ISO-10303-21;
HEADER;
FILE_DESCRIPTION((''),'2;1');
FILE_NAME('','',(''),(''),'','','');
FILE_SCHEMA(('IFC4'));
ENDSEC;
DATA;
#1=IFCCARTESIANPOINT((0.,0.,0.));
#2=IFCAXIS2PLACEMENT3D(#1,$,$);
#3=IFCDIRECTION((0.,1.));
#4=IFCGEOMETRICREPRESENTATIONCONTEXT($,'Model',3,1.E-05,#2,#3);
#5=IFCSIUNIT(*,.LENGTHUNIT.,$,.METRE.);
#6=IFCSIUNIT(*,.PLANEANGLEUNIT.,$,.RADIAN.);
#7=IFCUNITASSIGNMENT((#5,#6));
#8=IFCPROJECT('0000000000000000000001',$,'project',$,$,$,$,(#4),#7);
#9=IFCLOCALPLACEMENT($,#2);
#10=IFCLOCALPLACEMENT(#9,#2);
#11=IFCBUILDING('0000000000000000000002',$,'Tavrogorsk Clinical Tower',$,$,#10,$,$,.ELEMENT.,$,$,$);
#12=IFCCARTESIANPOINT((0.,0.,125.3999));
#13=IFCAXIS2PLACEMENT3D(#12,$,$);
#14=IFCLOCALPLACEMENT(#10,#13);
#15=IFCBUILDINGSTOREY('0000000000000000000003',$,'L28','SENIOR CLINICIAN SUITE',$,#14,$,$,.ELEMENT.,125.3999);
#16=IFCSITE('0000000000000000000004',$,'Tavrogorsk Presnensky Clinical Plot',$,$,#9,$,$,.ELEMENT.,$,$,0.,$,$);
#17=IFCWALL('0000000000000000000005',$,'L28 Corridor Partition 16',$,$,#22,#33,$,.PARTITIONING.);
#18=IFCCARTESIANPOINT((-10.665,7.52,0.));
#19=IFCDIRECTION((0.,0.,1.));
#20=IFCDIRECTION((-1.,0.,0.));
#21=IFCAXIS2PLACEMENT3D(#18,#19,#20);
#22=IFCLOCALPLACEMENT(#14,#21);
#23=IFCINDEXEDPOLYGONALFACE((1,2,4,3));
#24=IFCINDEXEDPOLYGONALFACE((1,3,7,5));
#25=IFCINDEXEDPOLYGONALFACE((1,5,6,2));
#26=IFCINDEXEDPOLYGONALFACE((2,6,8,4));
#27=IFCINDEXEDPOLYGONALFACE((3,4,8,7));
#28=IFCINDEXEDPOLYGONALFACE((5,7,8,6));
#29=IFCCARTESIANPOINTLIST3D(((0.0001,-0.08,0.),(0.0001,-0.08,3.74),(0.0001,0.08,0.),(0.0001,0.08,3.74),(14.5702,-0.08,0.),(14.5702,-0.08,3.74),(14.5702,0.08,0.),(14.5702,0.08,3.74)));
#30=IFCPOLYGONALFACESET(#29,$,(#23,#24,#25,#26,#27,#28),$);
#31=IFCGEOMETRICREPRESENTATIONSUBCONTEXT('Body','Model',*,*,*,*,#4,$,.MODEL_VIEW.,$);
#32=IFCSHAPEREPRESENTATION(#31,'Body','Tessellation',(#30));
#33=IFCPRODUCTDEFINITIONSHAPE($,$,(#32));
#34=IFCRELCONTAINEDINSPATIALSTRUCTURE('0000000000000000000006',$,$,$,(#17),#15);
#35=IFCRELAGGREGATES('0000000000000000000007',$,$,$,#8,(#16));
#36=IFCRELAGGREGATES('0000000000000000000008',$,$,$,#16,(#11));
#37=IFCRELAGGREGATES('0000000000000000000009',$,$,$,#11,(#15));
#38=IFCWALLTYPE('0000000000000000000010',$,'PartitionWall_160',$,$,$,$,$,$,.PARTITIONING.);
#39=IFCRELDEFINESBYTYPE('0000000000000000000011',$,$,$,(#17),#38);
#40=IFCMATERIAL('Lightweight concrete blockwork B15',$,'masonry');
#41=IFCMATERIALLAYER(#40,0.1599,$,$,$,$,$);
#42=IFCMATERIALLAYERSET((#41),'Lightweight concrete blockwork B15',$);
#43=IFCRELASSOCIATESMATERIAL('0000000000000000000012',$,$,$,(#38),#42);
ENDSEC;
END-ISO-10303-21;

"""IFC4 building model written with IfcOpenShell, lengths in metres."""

from ifc_helpers import new_model, si_unit, direction, frame, frame_2d, origin, place, context, subcontext, project, spatial, rectangle, extrude, material, layer, layer_set, type_object, element, save


model = new_model("IFC4")

# Units and contexts
model_context = context("Model", 3, precision=1e-05, world=origin(), true_north=direction((0.0, 1.0)))
body_context = subcontext(model_context, "Body", "Model", "MODEL_VIEW")
ifc_project = project(units=[si_unit("LENGTHUNIT", "METRE"), si_unit("PLANEANGLEUNIT", "RADIAN")], contexts=[model_context])

# Site, building, storey
site_placement = place(None, origin())
site = spatial("IfcSite", under=ifc_project, at=site_placement, Name="Tavrogorsk Presnensky Clinical Plot", CompositionType="ELEMENT", RefElevation=0.0)
building_placement = place(site_placement, origin())
building = spatial("IfcBuilding", under=site, at=building_placement, Name="Tavrogorsk Clinical Tower", CompositionType="ELEMENT")
storey_placement = place(building_placement, frame((0.0, 0.0, 125.3999)))
storey = spatial("IfcBuildingStorey", under=building, at=storey_placement, Name="L28", Description="SENIOR CLINICIAN SUITE", CompositionType="ELEMENT", Elevation=125.3999)

# Shared definitions
ifc_material_1 = material(Name="Lightweight concrete blockwork B15", Category="masonry")
ifc_layer_1 = layer(ifc_material_1, 0.1599)
ifc_layer_set_1 = layer_set([ifc_layer_1], Name="Lightweight concrete blockwork B15")
wall_type_1 = type_object("IfcWallType", Name="PartitionWall_160", PredefinedType="PARTITIONING", material=ifc_layer_set_1)

# Wall
wall_1_placement = place(storey_placement, frame((-10.665, 7.52, 0.0), z_axis=(0.0, 0.0, 1.0), x_axis=(-1.0, 0.0, 0.0)))
element("IfcWall", 1, at=wall_1_placement, inside=storey, type_object=wall_type_1, Name="L28 Corridor Partition 16", PredefinedType="PARTITIONING", context=body_context, shape_type="SweptSolid", body=[
    extrude(rectangle(XDim=14.5701, YDim=0.1599, at=frame_2d((7.2852, 0.0))), origin(), (0.0, 0.0, 1.0), 3.74),
])

save(model, "model.ifc")
